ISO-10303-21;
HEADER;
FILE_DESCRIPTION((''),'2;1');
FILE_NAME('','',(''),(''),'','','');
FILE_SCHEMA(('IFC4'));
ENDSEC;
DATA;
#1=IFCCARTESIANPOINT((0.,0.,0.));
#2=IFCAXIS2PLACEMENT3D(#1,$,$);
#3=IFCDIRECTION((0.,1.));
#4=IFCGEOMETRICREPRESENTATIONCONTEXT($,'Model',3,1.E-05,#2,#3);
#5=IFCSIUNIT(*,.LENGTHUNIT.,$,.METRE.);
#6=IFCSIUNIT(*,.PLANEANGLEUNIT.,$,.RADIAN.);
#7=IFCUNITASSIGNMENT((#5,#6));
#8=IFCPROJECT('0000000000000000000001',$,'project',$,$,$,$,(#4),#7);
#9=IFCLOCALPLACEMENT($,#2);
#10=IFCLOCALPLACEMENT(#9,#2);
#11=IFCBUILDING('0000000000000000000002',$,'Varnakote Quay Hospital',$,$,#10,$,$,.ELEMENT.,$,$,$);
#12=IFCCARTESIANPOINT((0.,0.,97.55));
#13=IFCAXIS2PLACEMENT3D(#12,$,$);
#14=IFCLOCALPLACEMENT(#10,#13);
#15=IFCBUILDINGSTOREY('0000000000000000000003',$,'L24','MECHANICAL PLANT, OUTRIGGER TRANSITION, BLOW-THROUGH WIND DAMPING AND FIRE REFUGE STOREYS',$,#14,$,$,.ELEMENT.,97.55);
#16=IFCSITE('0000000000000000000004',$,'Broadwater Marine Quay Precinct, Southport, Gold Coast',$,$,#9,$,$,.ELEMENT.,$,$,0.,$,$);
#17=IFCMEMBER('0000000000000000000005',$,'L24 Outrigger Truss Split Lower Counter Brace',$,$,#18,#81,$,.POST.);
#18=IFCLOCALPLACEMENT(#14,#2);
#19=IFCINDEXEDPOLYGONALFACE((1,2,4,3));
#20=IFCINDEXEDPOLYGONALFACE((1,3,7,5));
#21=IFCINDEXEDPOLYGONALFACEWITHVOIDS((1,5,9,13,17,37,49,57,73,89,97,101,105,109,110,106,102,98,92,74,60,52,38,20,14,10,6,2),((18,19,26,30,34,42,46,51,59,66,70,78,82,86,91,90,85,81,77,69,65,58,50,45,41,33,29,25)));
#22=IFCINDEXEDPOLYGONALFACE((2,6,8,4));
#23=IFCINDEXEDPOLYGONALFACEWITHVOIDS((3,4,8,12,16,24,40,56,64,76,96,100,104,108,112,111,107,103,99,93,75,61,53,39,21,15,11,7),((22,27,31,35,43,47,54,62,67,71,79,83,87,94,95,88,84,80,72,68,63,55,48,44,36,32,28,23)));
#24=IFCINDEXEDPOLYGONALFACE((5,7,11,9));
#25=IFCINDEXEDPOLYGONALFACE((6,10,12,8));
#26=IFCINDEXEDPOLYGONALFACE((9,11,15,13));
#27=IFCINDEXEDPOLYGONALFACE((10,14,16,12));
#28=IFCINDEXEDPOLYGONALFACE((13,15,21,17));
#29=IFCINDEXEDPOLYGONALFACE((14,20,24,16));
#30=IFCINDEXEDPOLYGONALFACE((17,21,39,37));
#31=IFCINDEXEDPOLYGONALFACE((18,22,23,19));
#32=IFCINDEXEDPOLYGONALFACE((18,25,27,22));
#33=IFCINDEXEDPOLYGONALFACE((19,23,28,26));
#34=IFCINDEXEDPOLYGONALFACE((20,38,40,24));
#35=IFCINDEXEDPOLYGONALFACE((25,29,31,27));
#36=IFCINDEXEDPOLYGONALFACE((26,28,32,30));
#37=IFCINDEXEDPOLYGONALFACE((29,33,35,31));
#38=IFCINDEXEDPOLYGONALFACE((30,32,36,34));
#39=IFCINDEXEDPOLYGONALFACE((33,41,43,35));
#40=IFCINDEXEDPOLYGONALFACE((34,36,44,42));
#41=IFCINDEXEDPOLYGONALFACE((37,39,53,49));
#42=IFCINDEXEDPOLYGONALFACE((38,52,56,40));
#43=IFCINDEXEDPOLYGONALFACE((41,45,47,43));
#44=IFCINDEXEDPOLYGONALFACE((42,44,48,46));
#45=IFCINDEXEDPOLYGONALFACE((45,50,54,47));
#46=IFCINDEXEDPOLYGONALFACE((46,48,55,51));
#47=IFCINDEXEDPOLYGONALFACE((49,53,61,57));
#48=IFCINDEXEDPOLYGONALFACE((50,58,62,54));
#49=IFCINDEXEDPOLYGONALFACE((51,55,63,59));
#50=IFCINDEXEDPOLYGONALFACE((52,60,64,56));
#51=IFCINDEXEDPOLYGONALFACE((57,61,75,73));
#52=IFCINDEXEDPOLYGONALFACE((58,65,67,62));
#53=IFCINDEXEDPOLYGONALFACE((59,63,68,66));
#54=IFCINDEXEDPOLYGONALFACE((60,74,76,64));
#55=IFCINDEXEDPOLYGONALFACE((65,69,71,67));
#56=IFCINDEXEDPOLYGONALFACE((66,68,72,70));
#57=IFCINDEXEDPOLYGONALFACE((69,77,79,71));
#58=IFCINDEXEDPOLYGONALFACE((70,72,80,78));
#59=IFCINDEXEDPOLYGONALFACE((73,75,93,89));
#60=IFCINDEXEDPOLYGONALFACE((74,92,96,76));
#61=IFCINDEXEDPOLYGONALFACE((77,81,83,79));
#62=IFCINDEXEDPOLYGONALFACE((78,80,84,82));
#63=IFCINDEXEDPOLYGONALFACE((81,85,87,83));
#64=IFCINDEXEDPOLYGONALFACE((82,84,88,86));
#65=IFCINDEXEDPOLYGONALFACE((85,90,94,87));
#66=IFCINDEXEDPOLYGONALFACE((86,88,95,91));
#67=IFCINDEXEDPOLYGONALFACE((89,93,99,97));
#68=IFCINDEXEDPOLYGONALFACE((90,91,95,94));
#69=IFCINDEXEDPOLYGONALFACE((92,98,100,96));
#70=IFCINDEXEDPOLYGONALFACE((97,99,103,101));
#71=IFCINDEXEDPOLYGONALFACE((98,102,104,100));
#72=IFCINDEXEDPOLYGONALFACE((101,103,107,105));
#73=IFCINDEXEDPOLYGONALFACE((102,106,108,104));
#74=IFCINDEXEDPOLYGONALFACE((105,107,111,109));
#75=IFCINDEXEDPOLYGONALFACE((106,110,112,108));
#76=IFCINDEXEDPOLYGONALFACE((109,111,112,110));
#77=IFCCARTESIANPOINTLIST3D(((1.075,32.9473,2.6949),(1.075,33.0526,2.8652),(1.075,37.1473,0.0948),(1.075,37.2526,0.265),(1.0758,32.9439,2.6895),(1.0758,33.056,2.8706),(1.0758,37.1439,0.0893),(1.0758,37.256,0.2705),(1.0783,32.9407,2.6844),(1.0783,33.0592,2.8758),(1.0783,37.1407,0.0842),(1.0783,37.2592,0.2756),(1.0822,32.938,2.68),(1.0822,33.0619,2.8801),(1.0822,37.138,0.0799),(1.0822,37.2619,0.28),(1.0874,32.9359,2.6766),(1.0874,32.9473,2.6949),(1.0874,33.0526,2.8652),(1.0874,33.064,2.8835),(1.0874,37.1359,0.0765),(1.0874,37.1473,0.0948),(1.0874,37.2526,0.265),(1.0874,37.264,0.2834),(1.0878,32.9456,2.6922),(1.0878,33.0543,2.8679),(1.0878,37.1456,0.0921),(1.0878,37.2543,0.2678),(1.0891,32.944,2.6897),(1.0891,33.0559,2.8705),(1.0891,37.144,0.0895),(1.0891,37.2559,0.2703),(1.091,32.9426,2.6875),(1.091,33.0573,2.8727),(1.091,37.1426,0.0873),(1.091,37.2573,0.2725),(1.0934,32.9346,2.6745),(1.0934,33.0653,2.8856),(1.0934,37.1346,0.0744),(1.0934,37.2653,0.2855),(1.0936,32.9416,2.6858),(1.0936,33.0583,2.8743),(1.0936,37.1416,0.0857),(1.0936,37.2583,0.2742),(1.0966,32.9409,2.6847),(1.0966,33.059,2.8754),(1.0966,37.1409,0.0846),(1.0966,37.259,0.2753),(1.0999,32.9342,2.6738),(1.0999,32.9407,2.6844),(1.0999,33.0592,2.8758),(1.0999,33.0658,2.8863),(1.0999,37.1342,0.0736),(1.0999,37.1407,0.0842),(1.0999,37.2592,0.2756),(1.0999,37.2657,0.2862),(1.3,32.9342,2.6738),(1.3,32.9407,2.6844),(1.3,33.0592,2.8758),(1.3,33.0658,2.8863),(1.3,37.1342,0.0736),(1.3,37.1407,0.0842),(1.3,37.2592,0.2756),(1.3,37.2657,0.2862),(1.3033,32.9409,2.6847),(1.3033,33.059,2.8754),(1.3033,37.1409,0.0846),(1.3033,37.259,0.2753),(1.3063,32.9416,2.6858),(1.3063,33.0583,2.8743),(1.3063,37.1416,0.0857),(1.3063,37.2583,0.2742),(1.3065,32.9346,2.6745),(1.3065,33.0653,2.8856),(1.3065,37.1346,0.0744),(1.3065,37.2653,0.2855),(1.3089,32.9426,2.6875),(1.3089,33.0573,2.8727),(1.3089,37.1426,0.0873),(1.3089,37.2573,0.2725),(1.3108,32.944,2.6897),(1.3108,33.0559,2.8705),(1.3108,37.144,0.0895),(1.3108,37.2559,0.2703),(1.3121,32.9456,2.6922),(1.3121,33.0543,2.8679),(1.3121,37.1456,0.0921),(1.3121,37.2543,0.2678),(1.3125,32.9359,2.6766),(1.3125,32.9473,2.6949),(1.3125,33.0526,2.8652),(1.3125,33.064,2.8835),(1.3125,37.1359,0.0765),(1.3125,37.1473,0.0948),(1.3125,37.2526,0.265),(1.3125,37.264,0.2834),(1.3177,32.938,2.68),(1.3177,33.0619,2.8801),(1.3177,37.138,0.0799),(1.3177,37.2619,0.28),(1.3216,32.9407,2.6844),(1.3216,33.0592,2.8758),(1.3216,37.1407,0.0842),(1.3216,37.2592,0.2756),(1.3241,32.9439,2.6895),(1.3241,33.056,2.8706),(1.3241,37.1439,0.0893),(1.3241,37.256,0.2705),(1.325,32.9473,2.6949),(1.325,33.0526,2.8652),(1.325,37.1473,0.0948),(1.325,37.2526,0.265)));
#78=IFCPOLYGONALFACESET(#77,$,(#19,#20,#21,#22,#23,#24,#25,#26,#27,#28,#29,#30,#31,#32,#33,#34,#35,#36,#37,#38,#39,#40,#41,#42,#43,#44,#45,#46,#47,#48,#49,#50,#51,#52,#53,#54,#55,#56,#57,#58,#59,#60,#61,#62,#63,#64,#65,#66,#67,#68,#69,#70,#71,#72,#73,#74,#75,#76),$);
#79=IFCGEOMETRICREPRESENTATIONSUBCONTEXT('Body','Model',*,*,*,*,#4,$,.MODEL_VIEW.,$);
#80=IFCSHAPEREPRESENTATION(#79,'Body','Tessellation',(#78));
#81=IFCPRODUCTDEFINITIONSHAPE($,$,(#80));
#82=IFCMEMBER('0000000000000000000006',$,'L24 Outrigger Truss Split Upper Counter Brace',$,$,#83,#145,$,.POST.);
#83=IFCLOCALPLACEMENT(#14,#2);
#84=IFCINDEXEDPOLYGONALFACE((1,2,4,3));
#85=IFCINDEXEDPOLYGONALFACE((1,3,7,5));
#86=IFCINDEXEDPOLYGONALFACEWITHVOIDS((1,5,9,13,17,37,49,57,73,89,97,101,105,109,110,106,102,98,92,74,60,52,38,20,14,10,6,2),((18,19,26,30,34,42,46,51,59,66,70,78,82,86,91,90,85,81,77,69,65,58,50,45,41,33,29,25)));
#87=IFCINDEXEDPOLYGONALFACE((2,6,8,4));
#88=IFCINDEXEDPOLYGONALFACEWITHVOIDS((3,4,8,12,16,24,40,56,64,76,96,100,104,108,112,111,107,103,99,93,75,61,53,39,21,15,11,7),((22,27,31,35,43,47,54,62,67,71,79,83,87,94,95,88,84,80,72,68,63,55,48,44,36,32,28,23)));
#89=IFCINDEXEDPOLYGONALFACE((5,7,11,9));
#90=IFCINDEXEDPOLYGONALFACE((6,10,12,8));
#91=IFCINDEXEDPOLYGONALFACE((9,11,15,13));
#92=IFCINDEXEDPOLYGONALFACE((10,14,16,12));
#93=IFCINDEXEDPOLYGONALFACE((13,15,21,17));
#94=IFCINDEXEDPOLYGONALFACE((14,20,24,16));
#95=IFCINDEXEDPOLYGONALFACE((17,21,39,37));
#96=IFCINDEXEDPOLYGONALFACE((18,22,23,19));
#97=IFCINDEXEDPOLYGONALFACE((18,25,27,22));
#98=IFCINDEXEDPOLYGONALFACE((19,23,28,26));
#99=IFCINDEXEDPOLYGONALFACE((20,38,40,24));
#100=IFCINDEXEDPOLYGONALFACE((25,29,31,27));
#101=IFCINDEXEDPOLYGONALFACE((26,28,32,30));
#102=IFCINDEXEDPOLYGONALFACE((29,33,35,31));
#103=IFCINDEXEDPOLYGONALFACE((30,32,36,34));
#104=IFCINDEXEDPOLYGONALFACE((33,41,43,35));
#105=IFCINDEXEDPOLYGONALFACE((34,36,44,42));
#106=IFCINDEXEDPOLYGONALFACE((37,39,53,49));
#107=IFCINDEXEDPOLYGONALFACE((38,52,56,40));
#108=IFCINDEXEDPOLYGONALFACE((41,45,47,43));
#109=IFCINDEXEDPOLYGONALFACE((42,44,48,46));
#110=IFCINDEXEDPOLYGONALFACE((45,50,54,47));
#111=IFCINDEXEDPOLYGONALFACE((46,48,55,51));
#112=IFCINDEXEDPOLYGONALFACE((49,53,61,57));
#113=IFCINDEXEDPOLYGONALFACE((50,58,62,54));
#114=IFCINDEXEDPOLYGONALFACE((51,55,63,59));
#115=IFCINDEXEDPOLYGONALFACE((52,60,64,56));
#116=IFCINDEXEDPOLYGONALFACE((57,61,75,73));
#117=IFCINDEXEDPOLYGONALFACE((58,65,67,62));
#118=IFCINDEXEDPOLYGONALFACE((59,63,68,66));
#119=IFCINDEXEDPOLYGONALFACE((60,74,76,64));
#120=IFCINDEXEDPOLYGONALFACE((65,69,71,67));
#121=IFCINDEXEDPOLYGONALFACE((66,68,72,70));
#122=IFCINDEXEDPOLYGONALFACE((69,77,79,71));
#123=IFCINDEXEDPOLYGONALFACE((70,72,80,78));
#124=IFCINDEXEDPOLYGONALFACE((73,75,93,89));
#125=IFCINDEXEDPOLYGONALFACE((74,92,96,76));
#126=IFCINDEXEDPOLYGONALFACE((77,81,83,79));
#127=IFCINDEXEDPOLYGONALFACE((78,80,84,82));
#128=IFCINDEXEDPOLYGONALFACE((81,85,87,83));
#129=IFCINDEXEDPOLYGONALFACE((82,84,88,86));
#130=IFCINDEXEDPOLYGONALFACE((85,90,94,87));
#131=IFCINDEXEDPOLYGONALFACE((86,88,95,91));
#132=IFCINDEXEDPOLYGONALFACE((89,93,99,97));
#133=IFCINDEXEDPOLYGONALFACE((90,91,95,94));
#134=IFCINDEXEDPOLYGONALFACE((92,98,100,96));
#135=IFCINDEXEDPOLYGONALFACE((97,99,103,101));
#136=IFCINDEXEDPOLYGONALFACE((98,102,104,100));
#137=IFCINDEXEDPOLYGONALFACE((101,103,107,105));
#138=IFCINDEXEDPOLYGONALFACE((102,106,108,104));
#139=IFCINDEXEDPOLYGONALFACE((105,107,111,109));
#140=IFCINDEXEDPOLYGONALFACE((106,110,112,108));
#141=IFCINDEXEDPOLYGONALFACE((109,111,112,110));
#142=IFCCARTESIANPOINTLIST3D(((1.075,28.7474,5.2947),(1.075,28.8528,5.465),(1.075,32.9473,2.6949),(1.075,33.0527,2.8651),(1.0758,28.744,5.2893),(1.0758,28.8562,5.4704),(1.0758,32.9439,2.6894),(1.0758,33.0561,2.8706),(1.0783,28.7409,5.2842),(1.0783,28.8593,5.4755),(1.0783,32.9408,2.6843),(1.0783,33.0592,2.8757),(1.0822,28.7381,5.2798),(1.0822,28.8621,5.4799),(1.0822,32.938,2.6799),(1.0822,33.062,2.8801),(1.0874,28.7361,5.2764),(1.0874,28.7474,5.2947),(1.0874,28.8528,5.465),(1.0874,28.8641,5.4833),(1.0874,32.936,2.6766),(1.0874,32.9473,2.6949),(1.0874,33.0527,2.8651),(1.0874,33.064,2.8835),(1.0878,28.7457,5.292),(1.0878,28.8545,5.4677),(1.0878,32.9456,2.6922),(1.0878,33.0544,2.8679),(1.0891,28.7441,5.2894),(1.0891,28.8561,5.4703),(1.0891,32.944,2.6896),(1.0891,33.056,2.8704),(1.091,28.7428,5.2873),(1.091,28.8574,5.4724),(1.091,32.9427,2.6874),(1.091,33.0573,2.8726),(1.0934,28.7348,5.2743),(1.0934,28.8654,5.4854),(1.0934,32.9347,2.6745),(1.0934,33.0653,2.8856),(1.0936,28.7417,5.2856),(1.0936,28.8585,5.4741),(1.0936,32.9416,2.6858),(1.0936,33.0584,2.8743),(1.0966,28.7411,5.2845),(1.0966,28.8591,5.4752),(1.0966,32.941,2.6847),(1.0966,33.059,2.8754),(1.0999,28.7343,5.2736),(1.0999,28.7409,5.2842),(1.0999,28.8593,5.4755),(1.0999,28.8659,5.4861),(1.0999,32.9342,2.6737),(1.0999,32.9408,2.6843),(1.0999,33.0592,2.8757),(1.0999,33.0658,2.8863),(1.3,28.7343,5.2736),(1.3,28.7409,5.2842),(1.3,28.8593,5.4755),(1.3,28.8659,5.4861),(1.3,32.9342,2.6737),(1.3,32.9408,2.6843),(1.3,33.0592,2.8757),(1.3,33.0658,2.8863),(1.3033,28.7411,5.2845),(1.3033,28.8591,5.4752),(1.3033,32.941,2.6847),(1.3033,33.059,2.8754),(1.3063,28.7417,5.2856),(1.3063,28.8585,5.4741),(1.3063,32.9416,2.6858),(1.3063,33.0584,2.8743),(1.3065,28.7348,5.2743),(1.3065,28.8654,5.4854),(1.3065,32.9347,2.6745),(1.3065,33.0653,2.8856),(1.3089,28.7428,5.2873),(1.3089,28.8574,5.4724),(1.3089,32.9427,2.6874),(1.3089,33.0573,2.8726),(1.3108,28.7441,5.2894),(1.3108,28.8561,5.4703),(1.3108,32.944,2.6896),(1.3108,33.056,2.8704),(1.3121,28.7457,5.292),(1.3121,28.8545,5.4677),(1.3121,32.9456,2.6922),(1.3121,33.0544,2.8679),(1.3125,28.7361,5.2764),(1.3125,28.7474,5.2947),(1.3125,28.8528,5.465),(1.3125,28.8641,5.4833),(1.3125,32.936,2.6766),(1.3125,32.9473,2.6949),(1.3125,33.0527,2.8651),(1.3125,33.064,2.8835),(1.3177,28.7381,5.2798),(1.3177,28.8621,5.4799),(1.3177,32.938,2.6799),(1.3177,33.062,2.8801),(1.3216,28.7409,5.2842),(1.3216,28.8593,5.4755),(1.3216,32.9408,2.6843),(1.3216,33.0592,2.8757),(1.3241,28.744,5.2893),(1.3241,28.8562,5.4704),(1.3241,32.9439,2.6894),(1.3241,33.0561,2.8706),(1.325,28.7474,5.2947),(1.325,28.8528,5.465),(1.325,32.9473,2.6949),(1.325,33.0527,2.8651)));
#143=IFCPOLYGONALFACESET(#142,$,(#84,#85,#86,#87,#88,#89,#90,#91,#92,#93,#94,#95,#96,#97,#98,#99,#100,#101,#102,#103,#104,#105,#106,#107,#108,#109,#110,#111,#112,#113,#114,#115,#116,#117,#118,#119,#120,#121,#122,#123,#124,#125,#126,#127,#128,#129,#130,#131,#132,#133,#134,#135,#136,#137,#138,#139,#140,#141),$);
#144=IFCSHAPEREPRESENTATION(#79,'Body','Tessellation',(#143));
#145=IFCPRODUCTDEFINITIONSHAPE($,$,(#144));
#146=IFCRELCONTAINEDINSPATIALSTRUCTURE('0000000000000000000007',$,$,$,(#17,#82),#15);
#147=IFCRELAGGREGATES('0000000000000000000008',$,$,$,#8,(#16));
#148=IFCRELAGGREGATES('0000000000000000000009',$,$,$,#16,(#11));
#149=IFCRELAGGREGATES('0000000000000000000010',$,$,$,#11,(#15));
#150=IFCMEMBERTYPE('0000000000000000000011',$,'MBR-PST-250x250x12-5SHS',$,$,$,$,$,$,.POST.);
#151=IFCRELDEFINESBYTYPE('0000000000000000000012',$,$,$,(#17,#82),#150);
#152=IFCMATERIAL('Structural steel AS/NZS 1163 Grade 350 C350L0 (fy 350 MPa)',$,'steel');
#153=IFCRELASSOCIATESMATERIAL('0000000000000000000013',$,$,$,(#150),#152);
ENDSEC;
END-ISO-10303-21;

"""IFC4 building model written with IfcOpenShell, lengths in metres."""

from ifc_helpers import new_model, si_unit, direction, frame, origin, origin_2d, place, context, subcontext, project, spatial, hollow_rectangle, extrude, material, material_profile, profile_set, type_object, element, save


model = new_model("IFC4")

# Units and contexts
model_context = context("Model", 3, precision=1e-05, world=origin(), true_north=direction((0.0, 1.0)))
body_context = subcontext(model_context, "Body", "Model", "MODEL_VIEW")
ifc_project = project(units=[si_unit("LENGTHUNIT", "METRE"), si_unit("PLANEANGLEUNIT", "RADIAN")], contexts=[model_context])

# Site, building, storey
site_placement = place(None, origin())
site = spatial("IfcSite", under=ifc_project, at=site_placement, Name="Broadwater Marine Quay Precinct, Southport, Gold Coast", CompositionType="ELEMENT", RefElevation=0.0)
building_placement = place(site_placement, origin())
building = spatial("IfcBuilding", under=site, at=building_placement, Name="Varnakote Quay Hospital", CompositionType="ELEMENT")
storey_placement = place(building_placement, frame((0.0, 0.0, 97.55)))
storey = spatial("IfcBuildingStorey", under=building, at=storey_placement, Name="L24", Description="MECHANICAL PLANT, OUTRIGGER TRANSITION, BLOW-THROUGH WIND DAMPING AND FIRE REFUGE STOREYS", CompositionType="ELEMENT", Elevation=97.55)

# Members
ifc_material_1 = material(Name="Structural steel AS/NZS 1163 Grade 350 C350L0 (fy 350 MPa)", Category="steel")
ifc_material_profile_1 = material_profile(ifc_material_1, hollow_rectangle(XDim=0.25, YDim=0.25, WallThickness=0.0125, InnerFilletRadius=0.0125, OuterFilletRadius=0.0249, at=origin_2d()), Name="250x250x12.5SHS")
ifc_profile_set_1 = profile_set([ifc_material_profile_1], Name="Structural steel AS/NZS 1163 Grade 350 C350L0 (fy 350 MPa)")
member_type_1 = type_object("IfcMemberType", Name="MBR-PST-250x250x12-5SHS", PredefinedType="POST", material=ifc_profile_set_1)
member_1_placement = place(storey_placement, frame((1.2, 37.2, 0.1799), z_axis=(0.0, -0.850254, 0.526373), x_axis=(1.0, 0.0, 0.0)))
element("IfcMember", 1, at=member_1_placement, inside=storey, type_object=member_type_1, Name="L24 Outrigger Truss Split Lower Counter Brace", PredefinedType="POST", context=body_context, shape_type="SweptSolid", body=[
    extrude(hollow_rectangle(XDim=0.25, YDim=0.25, WallThickness=0.0125, InnerFilletRadius=0.0125, OuterFilletRadius=0.0249, at=origin_2d()), origin(), (0.0, 0.0, 1.0), 4.9397),
])
member_2_placement = place(storey_placement, frame((1.2, 33.0, 2.78), z_axis=(0.0, -0.850276, 0.526338), x_axis=(1.0, 0.0, 0.0)))
element("IfcMember", 2, at=member_2_placement, inside=storey, type_object=member_type_1, Name="L24 Outrigger Truss Split Upper Counter Brace", PredefinedType="POST", context=body_context, shape_type="SweptSolid", body=[
    extrude(hollow_rectangle(XDim=0.25, YDim=0.25, WallThickness=0.0125, InnerFilletRadius=0.0125, OuterFilletRadius=0.0249, at=origin_2d()), origin(), (0.0, 0.0, 1.0), 4.9395),
])

save(model, "model.ifc")
